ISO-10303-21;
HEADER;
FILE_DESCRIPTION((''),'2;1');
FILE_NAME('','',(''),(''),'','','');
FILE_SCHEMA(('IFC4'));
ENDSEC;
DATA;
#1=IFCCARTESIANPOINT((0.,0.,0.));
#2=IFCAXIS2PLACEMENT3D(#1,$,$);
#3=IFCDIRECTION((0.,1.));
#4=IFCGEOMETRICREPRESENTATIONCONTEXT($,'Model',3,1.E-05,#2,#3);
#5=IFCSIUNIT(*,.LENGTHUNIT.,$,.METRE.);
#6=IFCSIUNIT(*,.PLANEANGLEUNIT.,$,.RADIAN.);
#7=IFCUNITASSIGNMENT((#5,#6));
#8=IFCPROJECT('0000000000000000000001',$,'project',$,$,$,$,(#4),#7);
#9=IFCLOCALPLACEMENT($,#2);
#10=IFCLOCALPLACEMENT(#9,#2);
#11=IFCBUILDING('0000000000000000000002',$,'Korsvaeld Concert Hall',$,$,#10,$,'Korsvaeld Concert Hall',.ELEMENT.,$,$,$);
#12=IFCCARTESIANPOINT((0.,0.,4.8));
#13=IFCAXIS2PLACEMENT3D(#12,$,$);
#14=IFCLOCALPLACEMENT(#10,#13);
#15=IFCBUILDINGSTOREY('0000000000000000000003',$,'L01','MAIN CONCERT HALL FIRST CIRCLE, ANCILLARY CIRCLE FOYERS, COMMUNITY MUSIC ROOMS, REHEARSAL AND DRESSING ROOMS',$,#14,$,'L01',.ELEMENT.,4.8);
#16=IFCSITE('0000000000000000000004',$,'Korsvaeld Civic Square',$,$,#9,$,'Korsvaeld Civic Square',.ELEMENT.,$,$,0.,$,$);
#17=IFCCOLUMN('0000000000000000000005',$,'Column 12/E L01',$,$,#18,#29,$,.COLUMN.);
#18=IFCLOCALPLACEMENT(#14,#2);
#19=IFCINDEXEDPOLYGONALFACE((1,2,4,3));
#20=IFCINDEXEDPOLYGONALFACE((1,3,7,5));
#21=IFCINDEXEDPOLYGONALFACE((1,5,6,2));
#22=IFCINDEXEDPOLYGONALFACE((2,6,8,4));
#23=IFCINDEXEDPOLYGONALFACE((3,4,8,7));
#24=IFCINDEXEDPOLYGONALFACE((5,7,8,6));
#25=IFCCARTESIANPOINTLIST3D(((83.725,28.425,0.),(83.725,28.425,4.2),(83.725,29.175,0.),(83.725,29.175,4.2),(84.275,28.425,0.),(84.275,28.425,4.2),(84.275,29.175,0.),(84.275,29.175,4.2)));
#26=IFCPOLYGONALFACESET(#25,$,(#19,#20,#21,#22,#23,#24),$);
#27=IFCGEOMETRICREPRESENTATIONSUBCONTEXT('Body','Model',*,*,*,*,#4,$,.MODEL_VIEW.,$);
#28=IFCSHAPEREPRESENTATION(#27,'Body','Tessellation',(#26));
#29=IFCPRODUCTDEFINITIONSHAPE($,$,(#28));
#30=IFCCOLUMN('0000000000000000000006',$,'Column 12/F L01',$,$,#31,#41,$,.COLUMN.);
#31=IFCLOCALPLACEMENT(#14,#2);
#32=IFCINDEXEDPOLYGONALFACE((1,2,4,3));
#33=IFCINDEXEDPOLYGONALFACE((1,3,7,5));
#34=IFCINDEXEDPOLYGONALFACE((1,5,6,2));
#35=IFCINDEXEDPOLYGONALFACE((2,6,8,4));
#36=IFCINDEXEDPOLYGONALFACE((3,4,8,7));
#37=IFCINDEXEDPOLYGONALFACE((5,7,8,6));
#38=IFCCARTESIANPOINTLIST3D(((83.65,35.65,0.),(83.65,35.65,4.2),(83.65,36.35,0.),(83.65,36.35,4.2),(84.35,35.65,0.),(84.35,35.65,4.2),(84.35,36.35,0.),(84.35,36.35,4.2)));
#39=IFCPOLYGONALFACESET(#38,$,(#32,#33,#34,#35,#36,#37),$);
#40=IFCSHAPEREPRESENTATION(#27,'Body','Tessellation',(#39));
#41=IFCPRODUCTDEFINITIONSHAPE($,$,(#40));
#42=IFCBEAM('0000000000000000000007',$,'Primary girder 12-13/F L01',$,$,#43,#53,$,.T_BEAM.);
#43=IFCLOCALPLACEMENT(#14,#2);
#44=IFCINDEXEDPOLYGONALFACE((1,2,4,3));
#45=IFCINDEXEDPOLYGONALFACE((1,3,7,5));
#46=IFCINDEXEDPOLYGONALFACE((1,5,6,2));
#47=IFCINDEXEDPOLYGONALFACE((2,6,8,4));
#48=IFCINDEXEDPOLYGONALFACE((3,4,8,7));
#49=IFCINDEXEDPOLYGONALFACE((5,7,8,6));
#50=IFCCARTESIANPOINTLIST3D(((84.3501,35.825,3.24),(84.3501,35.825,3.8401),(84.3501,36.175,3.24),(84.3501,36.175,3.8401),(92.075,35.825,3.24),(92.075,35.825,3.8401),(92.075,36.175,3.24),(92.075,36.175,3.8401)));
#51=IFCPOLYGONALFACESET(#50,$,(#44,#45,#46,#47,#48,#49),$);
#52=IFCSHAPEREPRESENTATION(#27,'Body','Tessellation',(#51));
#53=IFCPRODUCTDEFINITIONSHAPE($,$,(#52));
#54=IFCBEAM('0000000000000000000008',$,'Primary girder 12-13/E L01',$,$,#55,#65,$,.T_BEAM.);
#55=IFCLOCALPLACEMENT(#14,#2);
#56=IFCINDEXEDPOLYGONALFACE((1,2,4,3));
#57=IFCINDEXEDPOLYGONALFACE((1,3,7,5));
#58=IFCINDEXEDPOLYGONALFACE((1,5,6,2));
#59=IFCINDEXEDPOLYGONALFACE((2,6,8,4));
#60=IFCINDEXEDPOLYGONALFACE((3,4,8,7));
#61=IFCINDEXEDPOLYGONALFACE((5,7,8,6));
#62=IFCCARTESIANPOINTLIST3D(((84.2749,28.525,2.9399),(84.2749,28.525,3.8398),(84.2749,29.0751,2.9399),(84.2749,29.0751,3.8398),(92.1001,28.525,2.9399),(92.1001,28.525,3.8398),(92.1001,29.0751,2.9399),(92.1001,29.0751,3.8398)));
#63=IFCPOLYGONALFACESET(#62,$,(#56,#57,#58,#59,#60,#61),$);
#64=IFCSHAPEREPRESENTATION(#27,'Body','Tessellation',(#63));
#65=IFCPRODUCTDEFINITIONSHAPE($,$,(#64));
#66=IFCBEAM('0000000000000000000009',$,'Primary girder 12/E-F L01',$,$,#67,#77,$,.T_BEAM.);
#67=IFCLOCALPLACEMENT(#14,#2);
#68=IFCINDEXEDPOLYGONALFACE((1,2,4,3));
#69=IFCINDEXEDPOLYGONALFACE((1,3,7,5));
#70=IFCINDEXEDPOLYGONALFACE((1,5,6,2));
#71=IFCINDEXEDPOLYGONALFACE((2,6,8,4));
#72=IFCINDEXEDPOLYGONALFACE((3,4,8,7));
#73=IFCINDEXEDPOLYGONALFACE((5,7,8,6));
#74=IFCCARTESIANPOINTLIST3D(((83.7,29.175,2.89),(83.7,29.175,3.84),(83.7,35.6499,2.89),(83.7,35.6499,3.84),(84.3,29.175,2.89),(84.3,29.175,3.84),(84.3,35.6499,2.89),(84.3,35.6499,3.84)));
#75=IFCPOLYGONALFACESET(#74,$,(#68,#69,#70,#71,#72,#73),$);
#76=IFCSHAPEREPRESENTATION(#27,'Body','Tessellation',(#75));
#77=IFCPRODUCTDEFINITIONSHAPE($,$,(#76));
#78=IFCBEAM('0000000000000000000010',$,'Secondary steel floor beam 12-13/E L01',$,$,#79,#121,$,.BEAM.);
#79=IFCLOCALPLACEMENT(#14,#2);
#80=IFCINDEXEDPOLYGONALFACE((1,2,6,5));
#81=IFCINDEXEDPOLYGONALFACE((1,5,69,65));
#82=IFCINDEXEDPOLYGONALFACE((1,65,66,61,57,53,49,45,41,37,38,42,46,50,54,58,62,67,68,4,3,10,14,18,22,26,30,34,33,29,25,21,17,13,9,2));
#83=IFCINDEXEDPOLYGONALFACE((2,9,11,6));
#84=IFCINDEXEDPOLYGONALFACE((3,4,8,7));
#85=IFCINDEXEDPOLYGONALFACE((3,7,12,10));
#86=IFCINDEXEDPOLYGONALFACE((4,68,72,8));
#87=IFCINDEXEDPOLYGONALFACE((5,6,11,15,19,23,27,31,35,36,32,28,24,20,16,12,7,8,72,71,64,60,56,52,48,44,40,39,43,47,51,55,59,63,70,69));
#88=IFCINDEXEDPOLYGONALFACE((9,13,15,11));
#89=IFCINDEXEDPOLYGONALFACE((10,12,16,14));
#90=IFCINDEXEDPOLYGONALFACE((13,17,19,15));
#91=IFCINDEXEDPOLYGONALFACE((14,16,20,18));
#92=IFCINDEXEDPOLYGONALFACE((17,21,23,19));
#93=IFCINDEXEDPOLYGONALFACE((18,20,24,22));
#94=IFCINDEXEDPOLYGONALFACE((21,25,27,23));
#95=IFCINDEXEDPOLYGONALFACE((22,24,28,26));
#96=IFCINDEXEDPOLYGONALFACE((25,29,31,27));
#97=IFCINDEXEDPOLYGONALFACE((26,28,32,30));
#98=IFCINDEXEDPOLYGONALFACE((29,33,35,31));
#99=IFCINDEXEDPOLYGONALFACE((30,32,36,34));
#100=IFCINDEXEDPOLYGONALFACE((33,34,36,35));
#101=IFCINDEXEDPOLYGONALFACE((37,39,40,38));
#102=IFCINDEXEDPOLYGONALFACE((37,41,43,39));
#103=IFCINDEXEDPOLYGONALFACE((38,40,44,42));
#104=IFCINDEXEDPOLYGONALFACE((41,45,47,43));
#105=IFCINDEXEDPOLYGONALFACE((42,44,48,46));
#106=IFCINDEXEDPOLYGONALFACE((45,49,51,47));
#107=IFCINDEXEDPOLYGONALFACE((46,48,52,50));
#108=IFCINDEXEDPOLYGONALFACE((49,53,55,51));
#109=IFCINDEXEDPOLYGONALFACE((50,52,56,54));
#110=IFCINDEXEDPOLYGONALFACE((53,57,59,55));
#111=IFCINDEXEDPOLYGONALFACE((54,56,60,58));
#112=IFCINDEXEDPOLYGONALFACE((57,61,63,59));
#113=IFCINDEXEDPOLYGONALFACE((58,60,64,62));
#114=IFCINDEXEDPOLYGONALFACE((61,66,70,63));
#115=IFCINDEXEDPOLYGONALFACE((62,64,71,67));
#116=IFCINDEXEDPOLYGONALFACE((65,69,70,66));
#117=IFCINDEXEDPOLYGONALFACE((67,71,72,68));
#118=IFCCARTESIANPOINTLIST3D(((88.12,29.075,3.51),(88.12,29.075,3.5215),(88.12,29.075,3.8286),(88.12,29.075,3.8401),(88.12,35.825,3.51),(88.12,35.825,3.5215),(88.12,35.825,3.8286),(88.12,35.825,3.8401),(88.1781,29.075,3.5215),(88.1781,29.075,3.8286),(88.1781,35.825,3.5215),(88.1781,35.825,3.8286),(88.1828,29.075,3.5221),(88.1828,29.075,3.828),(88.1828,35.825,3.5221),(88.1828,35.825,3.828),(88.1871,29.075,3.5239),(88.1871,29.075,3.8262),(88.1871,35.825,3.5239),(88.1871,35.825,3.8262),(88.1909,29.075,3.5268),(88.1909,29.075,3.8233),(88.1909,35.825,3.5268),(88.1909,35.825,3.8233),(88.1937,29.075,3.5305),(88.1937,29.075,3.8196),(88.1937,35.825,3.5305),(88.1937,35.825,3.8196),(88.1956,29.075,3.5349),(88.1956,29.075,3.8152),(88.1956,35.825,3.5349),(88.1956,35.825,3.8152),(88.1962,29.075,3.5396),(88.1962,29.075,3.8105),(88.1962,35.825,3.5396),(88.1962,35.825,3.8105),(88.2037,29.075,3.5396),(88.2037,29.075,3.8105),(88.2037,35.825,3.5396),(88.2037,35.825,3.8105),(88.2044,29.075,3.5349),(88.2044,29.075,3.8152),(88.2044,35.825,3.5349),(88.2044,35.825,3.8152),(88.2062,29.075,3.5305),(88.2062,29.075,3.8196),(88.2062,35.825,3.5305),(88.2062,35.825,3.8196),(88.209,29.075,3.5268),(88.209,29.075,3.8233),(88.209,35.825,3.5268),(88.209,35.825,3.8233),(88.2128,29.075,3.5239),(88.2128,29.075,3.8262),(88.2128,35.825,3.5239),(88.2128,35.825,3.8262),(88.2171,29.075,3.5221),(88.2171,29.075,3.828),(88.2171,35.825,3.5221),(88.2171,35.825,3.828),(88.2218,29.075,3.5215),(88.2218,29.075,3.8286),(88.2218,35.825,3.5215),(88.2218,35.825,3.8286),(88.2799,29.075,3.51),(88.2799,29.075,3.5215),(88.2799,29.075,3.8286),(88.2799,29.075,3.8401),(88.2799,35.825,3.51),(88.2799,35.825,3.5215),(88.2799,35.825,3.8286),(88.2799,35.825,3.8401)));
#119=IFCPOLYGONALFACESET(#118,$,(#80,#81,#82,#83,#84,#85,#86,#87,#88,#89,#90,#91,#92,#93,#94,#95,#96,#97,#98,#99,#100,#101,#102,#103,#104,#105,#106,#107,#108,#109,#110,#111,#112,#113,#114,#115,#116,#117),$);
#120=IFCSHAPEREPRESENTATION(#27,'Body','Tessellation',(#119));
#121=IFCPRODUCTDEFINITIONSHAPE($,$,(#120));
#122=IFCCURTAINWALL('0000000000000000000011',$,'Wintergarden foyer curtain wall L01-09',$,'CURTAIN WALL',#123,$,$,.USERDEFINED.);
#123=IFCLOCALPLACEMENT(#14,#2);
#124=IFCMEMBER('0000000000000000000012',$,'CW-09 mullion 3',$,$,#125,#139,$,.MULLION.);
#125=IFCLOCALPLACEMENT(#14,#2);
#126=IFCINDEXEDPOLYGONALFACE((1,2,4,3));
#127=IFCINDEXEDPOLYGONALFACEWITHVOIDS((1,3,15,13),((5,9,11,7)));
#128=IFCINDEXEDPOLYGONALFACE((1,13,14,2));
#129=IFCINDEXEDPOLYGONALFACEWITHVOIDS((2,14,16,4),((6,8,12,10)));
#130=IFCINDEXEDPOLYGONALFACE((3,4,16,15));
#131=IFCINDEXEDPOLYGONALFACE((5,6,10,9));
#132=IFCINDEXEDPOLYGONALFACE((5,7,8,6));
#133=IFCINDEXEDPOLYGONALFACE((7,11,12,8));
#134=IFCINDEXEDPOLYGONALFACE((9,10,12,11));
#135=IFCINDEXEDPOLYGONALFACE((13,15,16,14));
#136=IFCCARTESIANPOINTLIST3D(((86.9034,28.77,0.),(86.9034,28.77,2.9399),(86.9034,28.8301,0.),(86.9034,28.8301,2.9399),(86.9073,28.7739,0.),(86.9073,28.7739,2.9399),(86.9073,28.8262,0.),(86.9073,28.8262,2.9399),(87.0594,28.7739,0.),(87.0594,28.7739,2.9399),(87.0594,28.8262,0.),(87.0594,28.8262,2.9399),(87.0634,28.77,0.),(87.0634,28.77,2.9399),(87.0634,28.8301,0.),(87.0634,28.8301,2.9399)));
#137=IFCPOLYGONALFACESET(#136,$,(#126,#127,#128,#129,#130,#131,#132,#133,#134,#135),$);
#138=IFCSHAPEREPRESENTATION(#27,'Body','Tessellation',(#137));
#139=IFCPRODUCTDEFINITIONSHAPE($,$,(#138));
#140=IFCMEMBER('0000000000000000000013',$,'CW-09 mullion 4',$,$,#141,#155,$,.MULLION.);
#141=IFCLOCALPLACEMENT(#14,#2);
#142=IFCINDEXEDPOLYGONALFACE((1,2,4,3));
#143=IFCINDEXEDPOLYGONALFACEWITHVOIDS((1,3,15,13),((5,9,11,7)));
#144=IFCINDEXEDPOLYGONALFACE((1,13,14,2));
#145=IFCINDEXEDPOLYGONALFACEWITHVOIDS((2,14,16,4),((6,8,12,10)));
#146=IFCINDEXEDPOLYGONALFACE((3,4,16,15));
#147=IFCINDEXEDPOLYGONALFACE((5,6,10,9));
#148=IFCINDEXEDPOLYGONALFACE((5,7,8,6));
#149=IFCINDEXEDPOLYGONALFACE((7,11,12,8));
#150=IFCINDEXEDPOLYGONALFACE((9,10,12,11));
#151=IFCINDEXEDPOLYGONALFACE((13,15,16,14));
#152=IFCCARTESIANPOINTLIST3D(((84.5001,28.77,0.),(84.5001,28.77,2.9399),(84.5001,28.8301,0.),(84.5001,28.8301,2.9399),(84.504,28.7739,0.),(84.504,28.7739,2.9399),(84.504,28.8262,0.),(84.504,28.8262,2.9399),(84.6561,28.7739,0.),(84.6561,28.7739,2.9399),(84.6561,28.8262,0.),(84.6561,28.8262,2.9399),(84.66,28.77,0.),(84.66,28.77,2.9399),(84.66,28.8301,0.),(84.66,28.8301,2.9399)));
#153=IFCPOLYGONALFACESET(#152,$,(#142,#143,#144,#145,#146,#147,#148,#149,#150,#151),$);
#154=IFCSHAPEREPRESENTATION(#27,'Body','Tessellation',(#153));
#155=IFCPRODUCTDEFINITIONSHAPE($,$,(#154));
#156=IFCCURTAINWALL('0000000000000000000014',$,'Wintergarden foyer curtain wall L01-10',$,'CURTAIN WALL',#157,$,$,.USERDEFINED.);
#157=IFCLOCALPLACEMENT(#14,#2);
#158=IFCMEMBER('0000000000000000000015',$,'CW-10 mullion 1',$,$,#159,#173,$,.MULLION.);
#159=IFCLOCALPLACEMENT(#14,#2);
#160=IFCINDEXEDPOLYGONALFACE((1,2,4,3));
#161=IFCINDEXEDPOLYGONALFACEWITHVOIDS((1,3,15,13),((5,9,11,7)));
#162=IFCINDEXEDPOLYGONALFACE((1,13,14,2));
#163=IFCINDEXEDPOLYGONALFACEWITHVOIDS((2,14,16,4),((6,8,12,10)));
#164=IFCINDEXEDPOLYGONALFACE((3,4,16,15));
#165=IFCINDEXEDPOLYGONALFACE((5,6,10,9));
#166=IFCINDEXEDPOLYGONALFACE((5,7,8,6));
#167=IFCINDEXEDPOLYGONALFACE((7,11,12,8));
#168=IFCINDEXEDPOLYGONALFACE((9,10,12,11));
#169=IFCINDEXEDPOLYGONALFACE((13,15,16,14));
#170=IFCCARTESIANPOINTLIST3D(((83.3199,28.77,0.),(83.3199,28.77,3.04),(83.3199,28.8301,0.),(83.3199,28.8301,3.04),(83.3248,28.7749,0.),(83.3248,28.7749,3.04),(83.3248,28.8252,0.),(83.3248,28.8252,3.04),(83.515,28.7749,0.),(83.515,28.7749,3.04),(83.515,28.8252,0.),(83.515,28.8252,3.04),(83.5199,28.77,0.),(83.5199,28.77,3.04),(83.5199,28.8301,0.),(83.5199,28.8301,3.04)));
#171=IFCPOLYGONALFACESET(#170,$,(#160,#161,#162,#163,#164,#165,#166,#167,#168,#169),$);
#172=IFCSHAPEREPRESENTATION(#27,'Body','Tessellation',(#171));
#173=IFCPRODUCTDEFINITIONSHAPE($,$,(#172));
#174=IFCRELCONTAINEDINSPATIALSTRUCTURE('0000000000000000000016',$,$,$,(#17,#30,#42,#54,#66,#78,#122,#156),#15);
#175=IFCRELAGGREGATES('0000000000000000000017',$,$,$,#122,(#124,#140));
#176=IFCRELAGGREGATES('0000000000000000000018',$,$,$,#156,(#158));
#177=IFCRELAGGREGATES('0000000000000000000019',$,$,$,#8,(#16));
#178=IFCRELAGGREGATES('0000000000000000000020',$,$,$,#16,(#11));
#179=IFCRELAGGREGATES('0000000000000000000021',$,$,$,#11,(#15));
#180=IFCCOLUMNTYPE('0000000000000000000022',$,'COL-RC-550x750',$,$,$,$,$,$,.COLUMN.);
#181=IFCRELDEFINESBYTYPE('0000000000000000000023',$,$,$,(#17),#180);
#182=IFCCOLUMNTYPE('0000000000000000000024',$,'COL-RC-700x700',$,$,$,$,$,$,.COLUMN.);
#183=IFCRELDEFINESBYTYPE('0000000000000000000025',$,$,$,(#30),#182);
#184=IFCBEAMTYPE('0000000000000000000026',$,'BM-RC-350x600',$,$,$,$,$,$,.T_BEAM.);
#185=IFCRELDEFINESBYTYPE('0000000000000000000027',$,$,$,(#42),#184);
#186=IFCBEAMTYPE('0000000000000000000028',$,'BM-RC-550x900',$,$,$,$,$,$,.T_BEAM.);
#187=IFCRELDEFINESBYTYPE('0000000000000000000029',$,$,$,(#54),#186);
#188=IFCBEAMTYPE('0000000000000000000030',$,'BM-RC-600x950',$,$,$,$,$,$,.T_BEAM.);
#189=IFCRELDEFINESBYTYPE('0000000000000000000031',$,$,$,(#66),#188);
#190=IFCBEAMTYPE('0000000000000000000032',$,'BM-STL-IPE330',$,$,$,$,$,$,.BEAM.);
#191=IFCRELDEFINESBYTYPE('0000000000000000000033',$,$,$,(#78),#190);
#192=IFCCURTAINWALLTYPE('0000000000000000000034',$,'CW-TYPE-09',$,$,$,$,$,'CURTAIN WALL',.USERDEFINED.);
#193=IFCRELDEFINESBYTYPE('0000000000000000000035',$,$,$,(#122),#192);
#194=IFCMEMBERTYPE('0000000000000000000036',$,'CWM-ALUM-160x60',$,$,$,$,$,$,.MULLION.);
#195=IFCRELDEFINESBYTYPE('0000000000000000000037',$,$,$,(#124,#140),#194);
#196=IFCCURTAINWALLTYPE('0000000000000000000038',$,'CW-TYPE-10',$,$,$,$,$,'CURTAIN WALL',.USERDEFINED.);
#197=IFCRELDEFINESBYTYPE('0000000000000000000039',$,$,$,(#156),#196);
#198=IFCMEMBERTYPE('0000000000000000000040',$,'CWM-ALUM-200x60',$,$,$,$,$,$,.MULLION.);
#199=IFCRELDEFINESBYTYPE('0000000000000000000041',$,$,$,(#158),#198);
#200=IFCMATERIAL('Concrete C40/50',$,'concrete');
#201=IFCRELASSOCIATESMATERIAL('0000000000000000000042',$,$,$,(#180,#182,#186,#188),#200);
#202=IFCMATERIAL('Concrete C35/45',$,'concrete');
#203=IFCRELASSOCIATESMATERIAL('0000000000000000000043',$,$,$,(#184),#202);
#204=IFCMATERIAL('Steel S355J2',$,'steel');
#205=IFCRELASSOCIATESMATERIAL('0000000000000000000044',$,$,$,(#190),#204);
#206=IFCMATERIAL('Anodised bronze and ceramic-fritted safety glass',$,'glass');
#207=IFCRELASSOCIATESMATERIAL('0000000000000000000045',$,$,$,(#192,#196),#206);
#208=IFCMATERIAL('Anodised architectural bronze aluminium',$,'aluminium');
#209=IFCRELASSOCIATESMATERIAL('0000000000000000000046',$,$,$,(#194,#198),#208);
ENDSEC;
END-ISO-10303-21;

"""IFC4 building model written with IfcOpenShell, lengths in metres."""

from ifc_helpers import new_model, si_unit, direction, frame, origin, origin_2d, place, context, subcontext, project, spatial, rectangle, hollow_rectangle, i_section, extrude, material, material_profile, profile_set, type_object, element, aggregate, save


model = new_model("IFC4")

# Units and contexts
model_context = context("Model", 3, precision=1e-05, world=origin(), true_north=direction((0.0, 1.0)))
body_context = subcontext(model_context, "Body", "Model", "MODEL_VIEW")
ifc_project = project(units=[si_unit("LENGTHUNIT", "METRE"), si_unit("PLANEANGLEUNIT", "RADIAN")], contexts=[model_context])

# Site, building, storey
site_placement = place(None, origin())
site = spatial("IfcSite", under=ifc_project, at=site_placement, Name="Korsvaeld Civic Square", LongName="Korsvaeld Civic Square", CompositionType="ELEMENT", RefElevation=0.0)
building_placement = place(site_placement, origin())
building = spatial("IfcBuilding", under=site, at=building_placement, Name="Korsvaeld Concert Hall", LongName="Korsvaeld Concert Hall", CompositionType="ELEMENT")
storey_placement = place(building_placement, frame((0.0, 0.0, 4.8)))
storey = spatial("IfcBuildingStorey", under=building, at=storey_placement, Name="L01", Description="MAIN CONCERT HALL FIRST CIRCLE, ANCILLARY CIRCLE FOYERS, COMMUNITY MUSIC ROOMS, REHEARSAL AND DRESSING ROOMS", LongName="L01", CompositionType="ELEMENT", Elevation=4.8)

# Columns
ifc_material_1 = material(Name="Concrete C40/50", Category="concrete")
ifc_material_profile_1 = material_profile(ifc_material_1, rectangle(XDim=0.55, YDim=0.75, at=origin_2d()), Name="RC 550x750")
ifc_profile_set_1 = profile_set([ifc_material_profile_1], Name="Concrete C40/50")
column_type_1 = type_object("IfcColumnType", Name="COL-RC-550x750", PredefinedType="COLUMN", material=ifc_profile_set_1)
column_1_placement = place(storey_placement, frame((84.0, 28.8, 0.0), z_axis=(0.0, 0.0, 1.0), x_axis=(1.0, 0.0, 0.0)))
element("IfcColumn", 1, at=column_1_placement, inside=storey, type_object=column_type_1, Name="Column 12/E L01", PredefinedType="COLUMN", context=body_context, shape_type="SweptSolid", body=[
    extrude(rectangle(XDim=0.55, YDim=0.75, at=origin_2d()), origin(), (0.0, 0.0, 1.0), 4.2),
])
ifc_material_profile_2 = material_profile(ifc_material_1, rectangle(XDim=0.7, YDim=0.7, at=origin_2d()), Name="RC 700x700")
ifc_profile_set_2 = profile_set([ifc_material_profile_2], Name="Concrete C40/50")
column_type_2 = type_object("IfcColumnType", Name="COL-RC-700x700", PredefinedType="COLUMN", material=ifc_profile_set_2)
column_2_placement = place(storey_placement, frame((84.0, 36.0, 0.0), z_axis=(0.0, 0.0, 1.0), x_axis=(1.0, 0.0, 0.0)))
element("IfcColumn", 2, at=column_2_placement, inside=storey, type_object=column_type_2, Name="Column 12/F L01", PredefinedType="COLUMN", context=body_context, shape_type="SweptSolid", body=[
    extrude(rectangle(XDim=0.7, YDim=0.7, at=origin_2d()), origin(), (0.0, 0.0, 1.0), 4.2),
])

# Beams
ifc_material_2 = material(Name="Concrete C35/45", Category="concrete")
ifc_material_profile_3 = material_profile(ifc_material_2, rectangle(XDim=0.3501, YDim=0.6001, at=origin_2d()), Name="RC 350x600")
ifc_profile_set_3 = profile_set([ifc_material_profile_3], Name="Concrete C35/45")
beam_type_1 = type_object("IfcBeamType", Name="BM-RC-350x600", PredefinedType="T_BEAM", material=ifc_profile_set_3)
beam_1_placement = place(storey_placement, frame((84.3501, 36.0, 3.54), z_axis=(1.0, 0.0, 0.0), x_axis=(0.0, 1.0, 0.0)))
element("IfcBeam", 3, at=beam_1_placement, inside=storey, type_object=beam_type_1, Name="Primary girder 12-13/F L01", PredefinedType="T_BEAM", context=body_context, shape_type="SweptSolid", body=[
    extrude(rectangle(XDim=0.3501, YDim=0.6001, at=origin_2d()), origin(), (0.0, 0.0, 1.0), 7.7249),
])
ifc_material_profile_4 = material_profile(ifc_material_1, rectangle(XDim=0.55, YDim=0.8999, at=origin_2d()), Name="RC 550x900")
ifc_profile_set_4 = profile_set([ifc_material_profile_4], Name="Concrete C40/50")
beam_type_2 = type_object("IfcBeamType", Name="BM-RC-550x900", PredefinedType="T_BEAM", material=ifc_profile_set_4)
beam_2_placement = place(storey_placement, frame((84.2749, 28.8, 3.3899), z_axis=(1.0, 0.0, 0.0), x_axis=(0.0, 1.0, 0.0)))
element("IfcBeam", 4, at=beam_2_placement, inside=storey, type_object=beam_type_2, Name="Primary girder 12-13/E L01", PredefinedType="T_BEAM", context=body_context, shape_type="SweptSolid", body=[
    extrude(rectangle(XDim=0.55, YDim=0.8999, at=origin_2d()), origin(), (0.0, 0.0, 1.0), 7.8252),
])
ifc_material_profile_5 = material_profile(ifc_material_1, rectangle(XDim=0.6001, YDim=0.95, at=origin_2d()), Name="RC 600x950")
ifc_profile_set_5 = profile_set([ifc_material_profile_5], Name="Concrete C40/50")
beam_type_3 = type_object("IfcBeamType", Name="BM-RC-600x950", PredefinedType="T_BEAM", material=ifc_profile_set_5)
beam_3_placement = place(storey_placement, frame((84.0, 29.175, 3.365), z_axis=(0.0, 1.0, 0.0), x_axis=(-1.0, 0.0, 0.0)))
element("IfcBeam", 5, at=beam_3_placement, inside=storey, type_object=beam_type_3, Name="Primary girder 12/E-F L01", PredefinedType="T_BEAM", context=body_context, shape_type="SweptSolid", body=[
    extrude(rectangle(XDim=0.6001, YDim=0.95, at=origin_2d()), origin(), (0.0, 0.0, 1.0), 6.4749),
])
ifc_material_3 = material(Name="Steel S355J2", Category="steel")
ifc_material_profile_6 = material_profile(ifc_material_3, i_section(OverallWidth=0.1599, OverallDepth=0.3301, WebThickness=0.0076, FlangeThickness=0.0115, FilletRadius=0.0181, at=origin_2d()), Name="IPE 330")
ifc_profile_set_6 = profile_set([ifc_material_profile_6], Name="Steel S355J2")
beam_type_4 = type_object("IfcBeamType", Name="BM-STL-IPE330", PredefinedType="BEAM", material=ifc_profile_set_6)
beam_4_placement = place(storey_placement, frame((88.2, 29.075, 3.675), z_axis=(0.0, 1.0, 0.0), x_axis=(-1.0, 0.0, 0.0)))
element("IfcBeam", 6, at=beam_4_placement, inside=storey, type_object=beam_type_4, Name="Secondary steel floor beam 12-13/E L01", PredefinedType="BEAM", context=body_context, shape_type="SweptSolid", body=[
    extrude(i_section(OverallWidth=0.1599, OverallDepth=0.3301, WebThickness=0.0076, FlangeThickness=0.0115, FilletRadius=0.0181, at=origin_2d()), origin(), (0.0, 0.0, 1.0), 6.75),
])

# Curtain wall, members
ifc_material_4 = material(Name="Anodised bronze and ceramic-fritted safety glass", Category="glass")
curtain_wall_type_1 = type_object("IfcCurtainWallType", Name="CW-TYPE-09", ElementType="CURTAIN WALL", PredefinedType="USERDEFINED", material=ifc_material_4)
curtain_wall_1_placement = place(storey_placement, origin())
curtain_wall_1 = element("IfcCurtainWall", 7, at=curtain_wall_1_placement, inside=storey, type_object=curtain_wall_type_1, Name="Wintergarden foyer curtain wall L01-09", ObjectType="CURTAIN WALL", PredefinedType="USERDEFINED")
ifc_material_5 = material(Name="Anodised architectural bronze aluminium", Category="aluminium")
ifc_material_profile_7 = material_profile(ifc_material_5, hollow_rectangle(XDim=0.0601, YDim=0.1599, WallThickness=0.0039, at=origin_2d()), Name="CWM 160x60x4")
ifc_profile_set_7 = profile_set([ifc_material_profile_7], Name="Anodised architectural bronze aluminium")
member_type_1 = type_object("IfcMemberType", Name="CWM-ALUM-160x60", PredefinedType="MULLION", material=ifc_profile_set_7)
member_1_placement = place(storey_placement, frame((86.9834, 28.8, 0.0), z_axis=(0.0, 0.0, 1.0), x_axis=(0.0, -1.0, 0.0)))
member_1 = element("IfcMember", 8, at=member_1_placement, type_object=member_type_1, Name="CW-09 mullion 3", PredefinedType="MULLION", context=body_context, shape_type="SweptSolid", body=[
    extrude(hollow_rectangle(XDim=0.0601, YDim=0.1599, WallThickness=0.0039, at=origin_2d()), origin(), (0.0, 0.0, 1.0), 2.9399),
])
member_2_placement = place(storey_placement, frame((84.5801, 28.8, 0.0), z_axis=(0.0, 0.0, 1.0), x_axis=(0.0, -1.0, 0.0)))
member_2 = element("IfcMember", 9, at=member_2_placement, type_object=member_type_1, Name="CW-09 mullion 4", PredefinedType="MULLION", context=body_context, shape_type="SweptSolid", body=[
    extrude(hollow_rectangle(XDim=0.0601, YDim=0.1599, WallThickness=0.0039, at=origin_2d()), origin(), (0.0, 0.0, 1.0), 2.9399),
])

# Curtain wall, member
curtain_wall_type_2 = type_object("IfcCurtainWallType", Name="CW-TYPE-10", ElementType="CURTAIN WALL", PredefinedType="USERDEFINED", material=ifc_material_4)
curtain_wall_2_placement = place(storey_placement, origin())
curtain_wall_2 = element("IfcCurtainWall", 10, at=curtain_wall_2_placement, inside=storey, type_object=curtain_wall_type_2, Name="Wintergarden foyer curtain wall L01-10", ObjectType="CURTAIN WALL", PredefinedType="USERDEFINED")
ifc_material_profile_8 = material_profile(ifc_material_5, hollow_rectangle(XDim=0.0601, YDim=0.2, WallThickness=0.0049, at=origin_2d()), Name="CWM 200x60x5")
ifc_profile_set_8 = profile_set([ifc_material_profile_8], Name="Anodised architectural bronze aluminium")
member_type_2 = type_object("IfcMemberType", Name="CWM-ALUM-200x60", PredefinedType="MULLION", material=ifc_profile_set_8)
member_3_placement = place(storey_placement, frame((83.4199, 28.8, 0.0), z_axis=(0.0, 0.0, 1.0), x_axis=(0.0, -1.0, 0.0)))
member_3 = element("IfcMember", 11, at=member_3_placement, type_object=member_type_2, Name="CW-10 mullion 1", PredefinedType="MULLION", context=body_context, shape_type="SweptSolid", body=[
    extrude(hollow_rectangle(XDim=0.0601, YDim=0.2, WallThickness=0.0049, at=origin_2d()), origin(), (0.0, 0.0, 1.0), 3.04),
])

aggregate(curtain_wall_1, [member_1, member_2])
aggregate(curtain_wall_2, [member_3])

save(model, "model.ifc")
